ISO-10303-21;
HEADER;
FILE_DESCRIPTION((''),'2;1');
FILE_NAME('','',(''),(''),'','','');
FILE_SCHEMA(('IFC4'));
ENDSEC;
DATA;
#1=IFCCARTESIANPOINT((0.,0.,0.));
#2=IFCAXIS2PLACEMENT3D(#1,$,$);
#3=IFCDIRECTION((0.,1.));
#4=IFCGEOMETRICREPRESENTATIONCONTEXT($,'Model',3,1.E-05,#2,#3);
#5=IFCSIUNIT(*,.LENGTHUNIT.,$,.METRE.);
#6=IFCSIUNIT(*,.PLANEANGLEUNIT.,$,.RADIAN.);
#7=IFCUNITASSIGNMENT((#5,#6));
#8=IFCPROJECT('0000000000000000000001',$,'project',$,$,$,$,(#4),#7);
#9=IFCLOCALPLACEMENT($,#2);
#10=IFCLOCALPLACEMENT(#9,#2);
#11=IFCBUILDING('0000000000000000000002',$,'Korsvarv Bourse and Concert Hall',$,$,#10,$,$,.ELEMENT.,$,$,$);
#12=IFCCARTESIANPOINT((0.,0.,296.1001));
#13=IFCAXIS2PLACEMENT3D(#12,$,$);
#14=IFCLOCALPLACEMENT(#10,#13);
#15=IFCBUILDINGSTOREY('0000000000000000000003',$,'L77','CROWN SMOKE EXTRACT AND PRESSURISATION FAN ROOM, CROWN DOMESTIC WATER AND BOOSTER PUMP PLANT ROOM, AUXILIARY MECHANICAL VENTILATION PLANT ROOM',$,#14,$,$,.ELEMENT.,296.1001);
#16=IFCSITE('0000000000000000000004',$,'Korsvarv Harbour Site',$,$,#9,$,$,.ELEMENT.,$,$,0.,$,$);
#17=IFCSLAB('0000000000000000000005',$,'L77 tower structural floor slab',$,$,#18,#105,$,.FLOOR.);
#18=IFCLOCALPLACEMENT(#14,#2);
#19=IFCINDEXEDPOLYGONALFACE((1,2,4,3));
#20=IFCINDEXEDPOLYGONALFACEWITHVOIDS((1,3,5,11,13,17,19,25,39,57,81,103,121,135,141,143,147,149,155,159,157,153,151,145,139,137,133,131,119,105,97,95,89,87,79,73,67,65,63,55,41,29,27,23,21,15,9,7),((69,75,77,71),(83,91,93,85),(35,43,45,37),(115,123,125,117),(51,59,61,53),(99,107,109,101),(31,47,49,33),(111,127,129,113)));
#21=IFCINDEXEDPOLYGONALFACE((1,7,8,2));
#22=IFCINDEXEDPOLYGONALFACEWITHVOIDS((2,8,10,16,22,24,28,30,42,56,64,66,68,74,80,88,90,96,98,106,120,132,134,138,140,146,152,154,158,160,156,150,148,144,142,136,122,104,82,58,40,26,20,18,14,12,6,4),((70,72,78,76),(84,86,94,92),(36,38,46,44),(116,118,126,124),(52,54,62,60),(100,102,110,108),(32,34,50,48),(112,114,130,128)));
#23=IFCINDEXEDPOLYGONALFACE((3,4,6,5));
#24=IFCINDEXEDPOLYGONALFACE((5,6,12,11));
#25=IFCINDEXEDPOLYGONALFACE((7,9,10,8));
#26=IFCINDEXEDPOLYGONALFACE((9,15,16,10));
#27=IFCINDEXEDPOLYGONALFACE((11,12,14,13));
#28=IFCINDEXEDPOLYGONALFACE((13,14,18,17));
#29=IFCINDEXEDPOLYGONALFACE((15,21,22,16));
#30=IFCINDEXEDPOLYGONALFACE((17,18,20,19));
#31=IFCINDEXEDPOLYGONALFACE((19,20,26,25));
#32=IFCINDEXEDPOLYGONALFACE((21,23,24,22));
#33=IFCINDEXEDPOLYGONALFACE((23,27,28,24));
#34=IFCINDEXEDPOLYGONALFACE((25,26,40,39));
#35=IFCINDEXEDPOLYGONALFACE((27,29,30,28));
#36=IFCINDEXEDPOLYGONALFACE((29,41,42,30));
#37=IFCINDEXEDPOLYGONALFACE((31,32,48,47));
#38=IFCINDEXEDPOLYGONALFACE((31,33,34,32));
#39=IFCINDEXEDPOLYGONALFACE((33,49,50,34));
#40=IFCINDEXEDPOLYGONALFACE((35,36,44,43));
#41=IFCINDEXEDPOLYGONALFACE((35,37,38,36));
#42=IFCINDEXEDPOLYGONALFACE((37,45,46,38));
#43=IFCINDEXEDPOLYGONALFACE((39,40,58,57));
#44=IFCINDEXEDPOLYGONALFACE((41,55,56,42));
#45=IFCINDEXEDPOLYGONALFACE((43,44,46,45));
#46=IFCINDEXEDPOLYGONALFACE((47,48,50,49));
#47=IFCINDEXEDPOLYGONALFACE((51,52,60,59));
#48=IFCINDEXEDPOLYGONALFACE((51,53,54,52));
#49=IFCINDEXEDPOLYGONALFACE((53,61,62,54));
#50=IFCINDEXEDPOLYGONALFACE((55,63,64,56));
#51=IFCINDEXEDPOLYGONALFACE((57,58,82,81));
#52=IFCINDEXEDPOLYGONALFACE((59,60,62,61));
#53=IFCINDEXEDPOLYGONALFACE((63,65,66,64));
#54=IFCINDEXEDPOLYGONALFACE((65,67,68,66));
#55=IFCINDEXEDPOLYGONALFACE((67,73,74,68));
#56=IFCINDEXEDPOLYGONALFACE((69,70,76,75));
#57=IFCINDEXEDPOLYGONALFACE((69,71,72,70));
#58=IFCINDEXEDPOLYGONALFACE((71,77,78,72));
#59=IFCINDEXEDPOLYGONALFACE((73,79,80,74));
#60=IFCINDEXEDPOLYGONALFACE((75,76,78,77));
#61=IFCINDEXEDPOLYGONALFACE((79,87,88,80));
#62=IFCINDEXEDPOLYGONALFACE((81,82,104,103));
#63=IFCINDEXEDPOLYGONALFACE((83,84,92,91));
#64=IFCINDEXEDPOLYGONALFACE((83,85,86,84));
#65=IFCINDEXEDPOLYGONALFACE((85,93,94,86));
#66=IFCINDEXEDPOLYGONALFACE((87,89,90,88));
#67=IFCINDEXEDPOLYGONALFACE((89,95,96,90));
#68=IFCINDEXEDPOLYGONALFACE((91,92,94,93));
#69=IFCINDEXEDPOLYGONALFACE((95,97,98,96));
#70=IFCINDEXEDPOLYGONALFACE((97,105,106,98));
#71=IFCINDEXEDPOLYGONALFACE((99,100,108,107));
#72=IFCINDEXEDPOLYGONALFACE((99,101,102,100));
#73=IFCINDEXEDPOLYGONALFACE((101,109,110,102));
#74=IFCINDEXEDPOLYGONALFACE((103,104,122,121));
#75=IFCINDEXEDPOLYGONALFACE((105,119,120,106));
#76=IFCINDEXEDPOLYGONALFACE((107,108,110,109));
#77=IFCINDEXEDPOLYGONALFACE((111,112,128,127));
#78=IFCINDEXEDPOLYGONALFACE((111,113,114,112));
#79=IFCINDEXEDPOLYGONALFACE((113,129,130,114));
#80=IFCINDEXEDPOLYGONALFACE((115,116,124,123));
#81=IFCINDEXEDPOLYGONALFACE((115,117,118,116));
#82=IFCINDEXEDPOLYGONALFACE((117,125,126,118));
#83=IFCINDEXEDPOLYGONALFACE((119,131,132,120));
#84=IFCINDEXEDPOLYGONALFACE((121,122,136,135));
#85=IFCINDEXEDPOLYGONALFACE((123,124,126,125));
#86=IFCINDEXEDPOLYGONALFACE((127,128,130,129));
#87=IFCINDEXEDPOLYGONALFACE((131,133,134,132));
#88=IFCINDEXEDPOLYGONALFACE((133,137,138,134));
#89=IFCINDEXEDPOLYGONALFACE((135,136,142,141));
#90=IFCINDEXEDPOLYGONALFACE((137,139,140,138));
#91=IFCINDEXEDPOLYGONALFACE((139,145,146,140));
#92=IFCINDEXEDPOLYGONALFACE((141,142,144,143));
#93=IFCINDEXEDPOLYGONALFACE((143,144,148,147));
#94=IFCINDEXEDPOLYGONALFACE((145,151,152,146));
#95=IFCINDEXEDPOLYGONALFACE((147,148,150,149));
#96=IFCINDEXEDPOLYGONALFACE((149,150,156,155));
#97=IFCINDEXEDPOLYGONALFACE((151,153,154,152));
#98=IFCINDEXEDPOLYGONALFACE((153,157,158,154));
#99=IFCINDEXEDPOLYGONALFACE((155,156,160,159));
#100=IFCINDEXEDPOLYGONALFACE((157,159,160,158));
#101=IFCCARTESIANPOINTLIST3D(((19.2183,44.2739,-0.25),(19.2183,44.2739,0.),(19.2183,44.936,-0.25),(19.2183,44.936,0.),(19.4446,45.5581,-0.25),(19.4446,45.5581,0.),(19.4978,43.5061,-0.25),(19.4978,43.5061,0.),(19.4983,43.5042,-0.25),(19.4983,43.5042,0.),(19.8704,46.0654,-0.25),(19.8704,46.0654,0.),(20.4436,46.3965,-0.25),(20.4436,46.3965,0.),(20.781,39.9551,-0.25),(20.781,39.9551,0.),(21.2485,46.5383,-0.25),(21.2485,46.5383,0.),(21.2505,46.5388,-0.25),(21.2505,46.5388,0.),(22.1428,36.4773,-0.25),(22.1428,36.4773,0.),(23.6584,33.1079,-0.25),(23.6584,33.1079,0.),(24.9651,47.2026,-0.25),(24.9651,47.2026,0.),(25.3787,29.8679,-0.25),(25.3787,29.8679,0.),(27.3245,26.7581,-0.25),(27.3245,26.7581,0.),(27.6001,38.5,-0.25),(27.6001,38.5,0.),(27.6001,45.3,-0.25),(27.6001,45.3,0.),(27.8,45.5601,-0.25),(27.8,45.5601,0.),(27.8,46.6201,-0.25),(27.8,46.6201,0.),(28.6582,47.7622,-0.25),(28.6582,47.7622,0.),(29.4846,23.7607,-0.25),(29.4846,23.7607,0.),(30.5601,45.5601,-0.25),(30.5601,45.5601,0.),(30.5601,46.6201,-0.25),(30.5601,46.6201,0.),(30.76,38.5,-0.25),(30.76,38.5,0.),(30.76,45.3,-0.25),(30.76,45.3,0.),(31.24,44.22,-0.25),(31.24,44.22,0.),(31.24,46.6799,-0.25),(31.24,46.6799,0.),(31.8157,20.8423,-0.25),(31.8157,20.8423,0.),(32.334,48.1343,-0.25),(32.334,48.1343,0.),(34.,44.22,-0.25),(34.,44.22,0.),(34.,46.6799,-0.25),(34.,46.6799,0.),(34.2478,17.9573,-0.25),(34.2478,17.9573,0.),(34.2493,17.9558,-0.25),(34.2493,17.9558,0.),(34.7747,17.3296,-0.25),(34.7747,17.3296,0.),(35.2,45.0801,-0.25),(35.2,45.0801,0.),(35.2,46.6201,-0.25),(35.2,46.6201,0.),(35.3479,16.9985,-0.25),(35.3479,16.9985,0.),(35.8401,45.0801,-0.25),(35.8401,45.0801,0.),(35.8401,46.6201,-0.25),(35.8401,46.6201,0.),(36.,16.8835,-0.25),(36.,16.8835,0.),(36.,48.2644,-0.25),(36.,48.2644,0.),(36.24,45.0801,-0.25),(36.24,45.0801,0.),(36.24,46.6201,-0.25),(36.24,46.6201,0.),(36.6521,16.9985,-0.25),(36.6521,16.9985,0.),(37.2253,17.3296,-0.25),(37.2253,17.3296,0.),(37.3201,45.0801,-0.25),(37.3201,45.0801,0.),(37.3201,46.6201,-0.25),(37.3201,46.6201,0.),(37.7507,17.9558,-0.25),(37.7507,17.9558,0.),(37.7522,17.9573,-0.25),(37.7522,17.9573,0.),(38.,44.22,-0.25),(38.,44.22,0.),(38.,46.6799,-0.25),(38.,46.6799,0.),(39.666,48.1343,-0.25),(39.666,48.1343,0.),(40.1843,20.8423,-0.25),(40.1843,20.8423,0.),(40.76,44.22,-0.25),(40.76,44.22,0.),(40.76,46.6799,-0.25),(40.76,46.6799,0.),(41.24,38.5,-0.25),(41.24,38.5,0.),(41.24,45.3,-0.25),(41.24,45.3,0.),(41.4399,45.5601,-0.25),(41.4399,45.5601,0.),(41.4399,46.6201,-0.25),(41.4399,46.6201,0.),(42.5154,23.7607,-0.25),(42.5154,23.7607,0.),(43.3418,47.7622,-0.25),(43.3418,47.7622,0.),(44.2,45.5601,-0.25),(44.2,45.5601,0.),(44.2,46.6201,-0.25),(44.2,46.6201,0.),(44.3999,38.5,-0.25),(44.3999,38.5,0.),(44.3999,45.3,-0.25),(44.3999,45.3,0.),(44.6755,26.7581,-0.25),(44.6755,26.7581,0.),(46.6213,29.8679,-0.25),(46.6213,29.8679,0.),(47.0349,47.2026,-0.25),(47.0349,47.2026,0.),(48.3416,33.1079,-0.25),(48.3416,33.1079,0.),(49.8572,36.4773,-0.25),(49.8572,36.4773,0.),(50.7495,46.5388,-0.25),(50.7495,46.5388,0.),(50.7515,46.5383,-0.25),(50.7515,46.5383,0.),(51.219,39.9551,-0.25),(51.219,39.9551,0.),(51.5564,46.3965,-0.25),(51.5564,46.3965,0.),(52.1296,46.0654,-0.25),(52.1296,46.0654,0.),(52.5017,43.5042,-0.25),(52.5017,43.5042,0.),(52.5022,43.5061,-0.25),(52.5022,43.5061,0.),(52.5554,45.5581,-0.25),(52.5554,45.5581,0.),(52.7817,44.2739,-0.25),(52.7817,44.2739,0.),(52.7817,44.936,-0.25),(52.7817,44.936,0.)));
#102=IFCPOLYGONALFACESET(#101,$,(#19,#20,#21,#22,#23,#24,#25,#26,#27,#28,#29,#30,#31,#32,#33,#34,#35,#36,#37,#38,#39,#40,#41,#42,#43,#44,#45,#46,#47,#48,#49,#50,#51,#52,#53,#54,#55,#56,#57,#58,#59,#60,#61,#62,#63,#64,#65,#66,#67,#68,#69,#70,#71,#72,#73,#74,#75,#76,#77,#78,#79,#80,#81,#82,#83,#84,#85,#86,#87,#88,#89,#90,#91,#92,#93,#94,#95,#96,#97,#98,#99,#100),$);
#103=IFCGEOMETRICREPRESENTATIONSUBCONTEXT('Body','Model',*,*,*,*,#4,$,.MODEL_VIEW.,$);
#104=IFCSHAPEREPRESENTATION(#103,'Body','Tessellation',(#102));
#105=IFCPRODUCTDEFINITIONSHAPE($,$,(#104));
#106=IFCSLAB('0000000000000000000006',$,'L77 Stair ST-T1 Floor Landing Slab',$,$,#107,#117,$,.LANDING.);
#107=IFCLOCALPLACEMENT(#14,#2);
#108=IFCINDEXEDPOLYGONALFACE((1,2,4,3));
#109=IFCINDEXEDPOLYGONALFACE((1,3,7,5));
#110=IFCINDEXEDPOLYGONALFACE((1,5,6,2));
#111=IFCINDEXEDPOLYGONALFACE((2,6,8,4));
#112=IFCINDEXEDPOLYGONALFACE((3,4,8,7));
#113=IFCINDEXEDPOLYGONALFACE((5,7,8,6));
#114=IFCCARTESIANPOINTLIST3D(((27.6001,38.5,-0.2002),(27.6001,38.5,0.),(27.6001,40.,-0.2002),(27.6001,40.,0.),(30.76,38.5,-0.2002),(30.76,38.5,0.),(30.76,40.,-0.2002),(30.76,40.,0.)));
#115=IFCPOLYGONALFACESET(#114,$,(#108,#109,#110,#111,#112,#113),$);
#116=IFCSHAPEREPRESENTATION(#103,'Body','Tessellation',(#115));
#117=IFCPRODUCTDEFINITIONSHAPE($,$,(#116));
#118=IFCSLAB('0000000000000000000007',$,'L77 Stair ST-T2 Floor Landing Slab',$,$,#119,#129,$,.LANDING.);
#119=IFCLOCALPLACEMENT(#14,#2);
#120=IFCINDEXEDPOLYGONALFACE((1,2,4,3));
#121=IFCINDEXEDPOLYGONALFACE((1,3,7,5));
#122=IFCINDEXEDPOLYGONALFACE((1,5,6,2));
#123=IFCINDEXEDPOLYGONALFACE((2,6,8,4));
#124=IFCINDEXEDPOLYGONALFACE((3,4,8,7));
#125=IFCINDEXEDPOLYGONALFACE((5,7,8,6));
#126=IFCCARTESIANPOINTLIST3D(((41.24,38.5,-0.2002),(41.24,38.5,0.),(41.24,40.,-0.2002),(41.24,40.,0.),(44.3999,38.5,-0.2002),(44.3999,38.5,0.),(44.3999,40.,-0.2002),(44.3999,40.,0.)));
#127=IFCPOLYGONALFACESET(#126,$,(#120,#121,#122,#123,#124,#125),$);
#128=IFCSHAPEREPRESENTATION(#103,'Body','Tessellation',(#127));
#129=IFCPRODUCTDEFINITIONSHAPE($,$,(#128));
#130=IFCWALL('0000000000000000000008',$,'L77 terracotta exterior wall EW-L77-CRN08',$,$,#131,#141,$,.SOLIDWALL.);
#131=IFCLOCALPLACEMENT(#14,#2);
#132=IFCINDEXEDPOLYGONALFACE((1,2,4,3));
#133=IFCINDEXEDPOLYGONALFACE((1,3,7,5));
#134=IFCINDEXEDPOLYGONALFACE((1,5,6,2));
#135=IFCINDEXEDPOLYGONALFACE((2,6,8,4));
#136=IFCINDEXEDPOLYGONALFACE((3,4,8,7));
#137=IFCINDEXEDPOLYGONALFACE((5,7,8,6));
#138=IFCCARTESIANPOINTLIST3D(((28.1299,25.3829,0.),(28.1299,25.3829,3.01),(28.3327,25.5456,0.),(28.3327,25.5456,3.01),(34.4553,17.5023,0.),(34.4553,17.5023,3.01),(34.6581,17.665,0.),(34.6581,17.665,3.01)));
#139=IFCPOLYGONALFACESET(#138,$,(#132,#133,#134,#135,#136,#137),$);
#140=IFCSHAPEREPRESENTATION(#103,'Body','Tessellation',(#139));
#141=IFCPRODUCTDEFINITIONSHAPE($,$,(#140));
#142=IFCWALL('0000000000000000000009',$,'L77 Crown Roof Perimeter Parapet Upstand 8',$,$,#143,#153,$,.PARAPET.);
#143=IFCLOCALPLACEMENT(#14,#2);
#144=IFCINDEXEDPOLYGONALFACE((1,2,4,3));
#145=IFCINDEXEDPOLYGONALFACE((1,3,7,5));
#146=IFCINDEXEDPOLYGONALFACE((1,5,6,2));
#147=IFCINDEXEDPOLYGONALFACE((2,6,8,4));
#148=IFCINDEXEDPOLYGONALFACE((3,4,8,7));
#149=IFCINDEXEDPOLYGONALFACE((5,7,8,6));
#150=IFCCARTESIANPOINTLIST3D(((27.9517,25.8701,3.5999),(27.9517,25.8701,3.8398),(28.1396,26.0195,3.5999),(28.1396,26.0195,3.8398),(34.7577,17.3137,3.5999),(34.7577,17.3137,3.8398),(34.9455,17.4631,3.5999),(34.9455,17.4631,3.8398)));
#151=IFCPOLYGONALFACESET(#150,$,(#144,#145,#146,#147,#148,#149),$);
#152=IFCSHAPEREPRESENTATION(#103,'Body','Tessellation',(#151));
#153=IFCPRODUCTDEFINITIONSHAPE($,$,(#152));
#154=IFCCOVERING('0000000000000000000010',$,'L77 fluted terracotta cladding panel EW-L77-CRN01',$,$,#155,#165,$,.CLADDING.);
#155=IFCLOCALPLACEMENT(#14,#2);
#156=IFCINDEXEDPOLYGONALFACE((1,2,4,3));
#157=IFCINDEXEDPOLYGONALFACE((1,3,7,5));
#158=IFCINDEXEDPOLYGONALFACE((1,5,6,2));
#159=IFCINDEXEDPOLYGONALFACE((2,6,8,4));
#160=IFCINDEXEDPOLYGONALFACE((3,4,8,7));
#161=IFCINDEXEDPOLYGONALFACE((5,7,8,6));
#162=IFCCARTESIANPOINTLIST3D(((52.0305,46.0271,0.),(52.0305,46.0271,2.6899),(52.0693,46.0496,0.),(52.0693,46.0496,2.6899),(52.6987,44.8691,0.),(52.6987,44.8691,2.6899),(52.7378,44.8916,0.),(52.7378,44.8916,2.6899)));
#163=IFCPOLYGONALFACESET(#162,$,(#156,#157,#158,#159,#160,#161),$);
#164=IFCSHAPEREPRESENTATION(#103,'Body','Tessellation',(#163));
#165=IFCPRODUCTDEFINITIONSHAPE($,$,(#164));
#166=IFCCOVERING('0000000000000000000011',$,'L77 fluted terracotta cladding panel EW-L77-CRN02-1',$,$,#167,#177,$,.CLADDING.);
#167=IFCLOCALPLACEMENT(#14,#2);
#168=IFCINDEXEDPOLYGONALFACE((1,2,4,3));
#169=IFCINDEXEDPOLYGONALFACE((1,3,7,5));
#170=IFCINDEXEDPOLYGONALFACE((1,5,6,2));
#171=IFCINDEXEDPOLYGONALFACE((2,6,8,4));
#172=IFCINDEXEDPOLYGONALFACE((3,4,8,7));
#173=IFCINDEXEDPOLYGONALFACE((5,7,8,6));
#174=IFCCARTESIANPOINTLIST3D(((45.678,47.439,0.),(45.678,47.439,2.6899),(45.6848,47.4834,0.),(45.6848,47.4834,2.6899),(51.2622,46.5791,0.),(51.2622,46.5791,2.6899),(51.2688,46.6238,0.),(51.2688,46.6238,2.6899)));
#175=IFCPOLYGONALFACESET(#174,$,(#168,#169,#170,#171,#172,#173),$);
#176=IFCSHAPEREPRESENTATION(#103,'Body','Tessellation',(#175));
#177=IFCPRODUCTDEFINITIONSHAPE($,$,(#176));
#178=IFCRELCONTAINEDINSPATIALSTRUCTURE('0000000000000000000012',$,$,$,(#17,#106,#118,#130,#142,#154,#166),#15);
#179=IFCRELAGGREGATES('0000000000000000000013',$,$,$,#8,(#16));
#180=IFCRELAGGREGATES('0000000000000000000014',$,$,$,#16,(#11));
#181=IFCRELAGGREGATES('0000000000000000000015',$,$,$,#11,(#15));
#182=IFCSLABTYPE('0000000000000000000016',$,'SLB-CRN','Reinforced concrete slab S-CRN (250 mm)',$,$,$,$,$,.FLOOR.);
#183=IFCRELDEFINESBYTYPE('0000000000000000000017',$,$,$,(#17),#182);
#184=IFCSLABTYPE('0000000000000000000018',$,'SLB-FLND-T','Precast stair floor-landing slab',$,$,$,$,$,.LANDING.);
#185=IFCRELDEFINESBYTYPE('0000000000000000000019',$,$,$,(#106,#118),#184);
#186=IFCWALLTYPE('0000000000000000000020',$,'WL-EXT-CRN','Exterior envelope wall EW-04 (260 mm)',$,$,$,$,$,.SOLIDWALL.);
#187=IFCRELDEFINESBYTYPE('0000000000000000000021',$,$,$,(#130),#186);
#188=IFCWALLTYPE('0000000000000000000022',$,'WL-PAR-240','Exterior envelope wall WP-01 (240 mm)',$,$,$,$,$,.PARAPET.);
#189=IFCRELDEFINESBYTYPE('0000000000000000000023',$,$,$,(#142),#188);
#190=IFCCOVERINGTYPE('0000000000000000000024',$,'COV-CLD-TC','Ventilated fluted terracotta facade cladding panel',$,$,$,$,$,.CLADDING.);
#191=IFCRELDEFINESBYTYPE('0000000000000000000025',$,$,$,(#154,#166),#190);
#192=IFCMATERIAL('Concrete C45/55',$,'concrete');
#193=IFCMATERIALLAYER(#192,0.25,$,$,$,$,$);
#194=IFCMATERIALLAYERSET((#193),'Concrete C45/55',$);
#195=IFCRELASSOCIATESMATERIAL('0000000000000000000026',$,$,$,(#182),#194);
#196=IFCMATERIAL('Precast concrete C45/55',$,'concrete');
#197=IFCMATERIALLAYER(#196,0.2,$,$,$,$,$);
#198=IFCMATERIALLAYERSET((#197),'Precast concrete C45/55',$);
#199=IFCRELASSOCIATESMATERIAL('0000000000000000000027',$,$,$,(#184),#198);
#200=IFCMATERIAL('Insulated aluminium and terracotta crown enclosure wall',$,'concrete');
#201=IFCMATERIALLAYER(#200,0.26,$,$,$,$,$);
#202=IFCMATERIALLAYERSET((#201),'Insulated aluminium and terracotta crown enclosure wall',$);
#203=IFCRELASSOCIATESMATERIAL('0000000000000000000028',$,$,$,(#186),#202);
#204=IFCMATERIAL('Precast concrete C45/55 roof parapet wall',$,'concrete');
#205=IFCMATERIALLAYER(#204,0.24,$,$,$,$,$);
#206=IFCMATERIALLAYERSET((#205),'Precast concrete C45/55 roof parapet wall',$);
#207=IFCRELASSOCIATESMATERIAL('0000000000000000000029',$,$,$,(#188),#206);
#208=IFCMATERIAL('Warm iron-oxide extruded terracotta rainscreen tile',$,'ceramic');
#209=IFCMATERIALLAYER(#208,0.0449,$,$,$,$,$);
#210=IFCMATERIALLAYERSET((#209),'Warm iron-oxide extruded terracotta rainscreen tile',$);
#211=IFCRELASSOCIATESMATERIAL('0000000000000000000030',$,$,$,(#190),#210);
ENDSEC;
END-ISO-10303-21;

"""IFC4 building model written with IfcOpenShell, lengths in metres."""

from ifc_helpers import new_model, si_unit, direction, frame, frame_2d, origin, place, context, subcontext, project, spatial, polyline, rectangle, outline, extrude, material, layer, layer_set, type_object, element, save


model = new_model("IFC4")

# Units and contexts
model_context = context("Model", 3, precision=1e-05, world=origin(), true_north=direction((0.0, 1.0)))
body_context = subcontext(model_context, "Body", "Model", "MODEL_VIEW")
ifc_project = project(units=[si_unit("LENGTHUNIT", "METRE"), si_unit("PLANEANGLEUNIT", "RADIAN")], contexts=[model_context])

# Site, building, storey
site_placement = place(None, origin())
site = spatial("IfcSite", under=ifc_project, at=site_placement, Name="Korsvarv Harbour Site", CompositionType="ELEMENT", RefElevation=0.0)
building_placement = place(site_placement, origin())
building = spatial("IfcBuilding", under=site, at=building_placement, Name="Korsvarv Bourse and Concert Hall", CompositionType="ELEMENT")
storey_placement = place(building_placement, frame((0.0, 0.0, 296.1001)))
storey = spatial("IfcBuildingStorey", under=building, at=storey_placement, Name="L77", Description="CROWN SMOKE EXTRACT AND PRESSURISATION FAN ROOM, CROWN DOMESTIC WATER AND BOOSTER PUMP PLANT ROOM, AUXILIARY MECHANICAL VENTILATION PLANT ROOM", CompositionType="ELEMENT", Elevation=296.1001)

# Slabs
ifc_material_1 = material(Name="Concrete C45/55", Category="concrete")
ifc_layer_1 = layer(ifc_material_1, 0.25)
ifc_layer_set_1 = layer_set([ifc_layer_1], Name="Concrete C45/55")
slab_type_1 = type_object("IfcSlabType", Name="SLB-CRN", Description="Reinforced concrete slab S-CRN (250 mm)", PredefinedType="FLOOR", material=ifc_layer_set_1)
slab_1_placement = place(storey_placement, frame((0.0, 0.0, -0.25)))
element("IfcSlab", 1, at=slab_1_placement, inside=storey, type_object=slab_type_1, Name="L77 tower structural floor slab", PredefinedType="FLOOR", context=body_context, shape_type="SweptSolid", body=[
    extrude(outline(polyline([(52.5017, 43.5042), (51.219, 39.9551), (49.8572, 36.4773), (48.3416, 33.1079), (46.6213, 29.8679), (44.6755, 26.7581), (42.5154, 23.7607), (40.1843, 20.8423), (37.7522, 17.9573), (37.7507, 17.9558), (37.2253, 17.3296), (36.6521, 16.9985), (36.0, 16.8835), (35.3479, 16.9985), (34.7747, 17.3296), (34.2493, 17.9558), (34.2478, 17.9573), (31.8157, 20.8423), (29.4846, 23.7607), (27.3245, 26.7581), (25.3787, 29.8679), (23.6584, 33.1079), (22.1428, 36.4773), (20.781, 39.9551), (19.4983, 43.5042), (19.4978, 43.5061), (19.2183, 44.2739), (19.2183, 44.936), (19.4446, 45.5581), (19.8704, 46.0654), (20.4436, 46.3965), (21.2485, 46.5383), (21.2505, 46.5388), (24.9651, 47.2026), (28.6582, 47.7622), (32.334, 48.1343), (36.0, 48.2644), (39.666, 48.1343), (43.3418, 47.7622), (47.0349, 47.2026), (50.7495, 46.5388), (50.7515, 46.5383), (51.5564, 46.3965), (52.1296, 46.0654), (52.5554, 45.5581), (52.7817, 44.936), (52.7817, 44.2739), (52.5022, 43.5061), (52.5017, 43.5042)]), holes=[polyline([(30.76, 38.5), (30.76, 45.3), (27.6001, 45.3), (27.6001, 38.5), (30.76, 38.5)]), polyline([(44.3999, 38.5), (44.3999, 45.3), (41.24, 45.3), (41.24, 38.5), (44.3999, 38.5)]), polyline([(31.24, 44.22), (34.0, 44.22), (34.0, 46.6799), (31.24, 46.6799), (31.24, 44.22)]), polyline([(38.0, 44.22), (40.76, 44.22), (40.76, 46.6799), (38.0, 46.6799), (38.0, 44.22)]), polyline([(27.8, 45.5601), (30.5601, 45.5601), (30.5601, 46.6201), (27.8, 46.6201), (27.8, 45.5601)]), polyline([(41.4399, 45.5601), (44.2, 45.5601), (44.2, 46.6201), (41.4399, 46.6201), (41.4399, 45.5601)]), polyline([(35.2, 45.0801), (35.8401, 45.0801), (35.8401, 46.6201), (35.2, 46.6201), (35.2, 45.0801)]), polyline([(36.24, 45.0801), (37.3201, 45.0801), (37.3201, 46.6201), (36.24, 46.6201), (36.24, 45.0801)])]), origin(), (0.0, 0.0, 1.0), 0.25),
])
ifc_material_2 = material(Name="Precast concrete C45/55", Category="concrete")
ifc_layer_2 = layer(ifc_material_2, 0.2)
ifc_layer_set_2 = layer_set([ifc_layer_2], Name="Precast concrete C45/55")
slab_type_2 = type_object("IfcSlabType", Name="SLB-FLND-T", Description="Precast stair floor-landing slab", PredefinedType="LANDING", material=ifc_layer_set_2)
slab_2_placement = place(storey_placement, frame((0.0, 0.0, -0.2002)))
element("IfcSlab", 2, at=slab_2_placement, inside=storey, type_object=slab_type_2, Name="L77 Stair ST-T1 Floor Landing Slab", PredefinedType="LANDING", context=body_context, shape_type="SweptSolid", body=[
    extrude(outline(polyline([(30.76, 38.5), (30.76, 40.0), (27.6001, 40.0), (27.6001, 38.5), (30.76, 38.5)])), origin(), (0.0, 0.0, 1.0), 0.2002),
])
slab_3_placement = place(storey_placement, frame((0.0, 0.0, -0.2002)))
element("IfcSlab", 3, at=slab_3_placement, inside=storey, type_object=slab_type_2, Name="L77 Stair ST-T2 Floor Landing Slab", PredefinedType="LANDING", context=body_context, shape_type="SweptSolid", body=[
    extrude(outline(polyline([(44.3999, 38.5), (44.3999, 40.0), (41.24, 40.0), (41.24, 38.5), (44.3999, 38.5)])), origin(), (0.0, 0.0, 1.0), 0.2002),
])

# Walls
ifc_material_3 = material(Name="Insulated aluminium and terracotta crown enclosure wall", Category="concrete")
ifc_layer_3 = layer(ifc_material_3, 0.26)
ifc_layer_set_3 = layer_set([ifc_layer_3], Name="Insulated aluminium and terracotta crown enclosure wall")
wall_type_1 = type_object("IfcWallType", Name="WL-EXT-CRN", Description="Exterior envelope wall EW-04 (260 mm)", PredefinedType="SOLIDWALL", material=ifc_layer_set_3)
wall_1_placement = place(storey_placement, frame((28.2312, 25.4644, 0.0), z_axis=(0.0, 0.0, 1.0), x_axis=(0.625958, -0.779857, 0.0)))
element("IfcWall", 4, at=wall_1_placement, inside=storey, type_object=wall_type_1, Name="L77 terracotta exterior wall EW-L77-CRN08", PredefinedType="SOLIDWALL", context=body_context, shape_type="SweptSolid", body=[
    extrude(rectangle(XDim=10.1052, YDim=0.26, at=frame_2d((5.0527, 0.0))), origin(), (0.0, 0.0, 1.0), 3.01),
])
ifc_material_4 = material(Name="Precast concrete C45/55 roof parapet wall", Category="concrete")
ifc_layer_4 = layer(ifc_material_4, 0.24)
ifc_layer_set_4 = layer_set([ifc_layer_4], Name="Precast concrete C45/55 roof parapet wall")
wall_type_2 = type_object("IfcWallType", Name="WL-PAR-240", Description="Exterior envelope wall WP-01 (240 mm)", PredefinedType="PARAPET", material=ifc_layer_set_4)
wall_2_placement = place(storey_placement, frame((28.0457, 25.9448, 3.5999), z_axis=(0.0, 0.0, 1.0), x_axis=(0.622506, -0.782615, 0.0)))
element("IfcWall", 5, at=wall_2_placement, inside=storey, type_object=wall_type_2, Name="L77 Crown Roof Perimeter Parapet Upstand 8", PredefinedType="PARAPET", context=body_context, shape_type="SweptSolid", body=[
    extrude(rectangle(XDim=10.9331, YDim=0.24, at=frame_2d((5.4666, 0.0))), origin(), (0.0, 0.0, 1.0), 0.24),
])

# Coverings
ifc_material_5 = material(Name="Warm iron-oxide extruded terracotta rainscreen tile", Category="ceramic")
ifc_layer_5 = layer(ifc_material_5, 0.0449)
ifc_layer_set_5 = layer_set([ifc_layer_5], Name="Warm iron-oxide extruded terracotta rainscreen tile")
covering_type = type_object("IfcCoveringType", Name="COV-CLD-TC", Description="Ventilated fluted terracotta facade cladding panel", PredefinedType="CLADDING", material=ifc_layer_set_5)
covering_1_placement = place(storey_placement, origin())
element("IfcCovering", 6, at=covering_1_placement, inside=storey, type_object=covering_type, Name="L77 fluted terracotta cladding panel EW-L77-CRN01", PredefinedType="CLADDING", context=body_context, shape_type="SweptSolid", body=[
    extrude(outline(polyline([(52.6987, 44.8691), (52.0305, 46.0271), (52.0693, 46.0496), (52.7378, 44.8916), (52.6987, 44.8691)])), origin(), (0.0, 0.0, 1.0), 2.6899),
])
covering_2_placement = place(storey_placement, origin())
element("IfcCovering", 7, at=covering_2_placement, inside=storey, type_object=covering_type, Name="L77 fluted terracotta cladding panel EW-L77-CRN02-1", PredefinedType="CLADDING", context=body_context, shape_type="SweptSolid", body=[
    extrude(outline(polyline([(51.2622, 46.5791), (45.678, 47.439), (45.6848, 47.4834), (51.2688, 46.6238), (51.2622, 46.5791)])), origin(), (0.0, 0.0, 1.0), 2.6899),
])

save(model, "model.ifc")
